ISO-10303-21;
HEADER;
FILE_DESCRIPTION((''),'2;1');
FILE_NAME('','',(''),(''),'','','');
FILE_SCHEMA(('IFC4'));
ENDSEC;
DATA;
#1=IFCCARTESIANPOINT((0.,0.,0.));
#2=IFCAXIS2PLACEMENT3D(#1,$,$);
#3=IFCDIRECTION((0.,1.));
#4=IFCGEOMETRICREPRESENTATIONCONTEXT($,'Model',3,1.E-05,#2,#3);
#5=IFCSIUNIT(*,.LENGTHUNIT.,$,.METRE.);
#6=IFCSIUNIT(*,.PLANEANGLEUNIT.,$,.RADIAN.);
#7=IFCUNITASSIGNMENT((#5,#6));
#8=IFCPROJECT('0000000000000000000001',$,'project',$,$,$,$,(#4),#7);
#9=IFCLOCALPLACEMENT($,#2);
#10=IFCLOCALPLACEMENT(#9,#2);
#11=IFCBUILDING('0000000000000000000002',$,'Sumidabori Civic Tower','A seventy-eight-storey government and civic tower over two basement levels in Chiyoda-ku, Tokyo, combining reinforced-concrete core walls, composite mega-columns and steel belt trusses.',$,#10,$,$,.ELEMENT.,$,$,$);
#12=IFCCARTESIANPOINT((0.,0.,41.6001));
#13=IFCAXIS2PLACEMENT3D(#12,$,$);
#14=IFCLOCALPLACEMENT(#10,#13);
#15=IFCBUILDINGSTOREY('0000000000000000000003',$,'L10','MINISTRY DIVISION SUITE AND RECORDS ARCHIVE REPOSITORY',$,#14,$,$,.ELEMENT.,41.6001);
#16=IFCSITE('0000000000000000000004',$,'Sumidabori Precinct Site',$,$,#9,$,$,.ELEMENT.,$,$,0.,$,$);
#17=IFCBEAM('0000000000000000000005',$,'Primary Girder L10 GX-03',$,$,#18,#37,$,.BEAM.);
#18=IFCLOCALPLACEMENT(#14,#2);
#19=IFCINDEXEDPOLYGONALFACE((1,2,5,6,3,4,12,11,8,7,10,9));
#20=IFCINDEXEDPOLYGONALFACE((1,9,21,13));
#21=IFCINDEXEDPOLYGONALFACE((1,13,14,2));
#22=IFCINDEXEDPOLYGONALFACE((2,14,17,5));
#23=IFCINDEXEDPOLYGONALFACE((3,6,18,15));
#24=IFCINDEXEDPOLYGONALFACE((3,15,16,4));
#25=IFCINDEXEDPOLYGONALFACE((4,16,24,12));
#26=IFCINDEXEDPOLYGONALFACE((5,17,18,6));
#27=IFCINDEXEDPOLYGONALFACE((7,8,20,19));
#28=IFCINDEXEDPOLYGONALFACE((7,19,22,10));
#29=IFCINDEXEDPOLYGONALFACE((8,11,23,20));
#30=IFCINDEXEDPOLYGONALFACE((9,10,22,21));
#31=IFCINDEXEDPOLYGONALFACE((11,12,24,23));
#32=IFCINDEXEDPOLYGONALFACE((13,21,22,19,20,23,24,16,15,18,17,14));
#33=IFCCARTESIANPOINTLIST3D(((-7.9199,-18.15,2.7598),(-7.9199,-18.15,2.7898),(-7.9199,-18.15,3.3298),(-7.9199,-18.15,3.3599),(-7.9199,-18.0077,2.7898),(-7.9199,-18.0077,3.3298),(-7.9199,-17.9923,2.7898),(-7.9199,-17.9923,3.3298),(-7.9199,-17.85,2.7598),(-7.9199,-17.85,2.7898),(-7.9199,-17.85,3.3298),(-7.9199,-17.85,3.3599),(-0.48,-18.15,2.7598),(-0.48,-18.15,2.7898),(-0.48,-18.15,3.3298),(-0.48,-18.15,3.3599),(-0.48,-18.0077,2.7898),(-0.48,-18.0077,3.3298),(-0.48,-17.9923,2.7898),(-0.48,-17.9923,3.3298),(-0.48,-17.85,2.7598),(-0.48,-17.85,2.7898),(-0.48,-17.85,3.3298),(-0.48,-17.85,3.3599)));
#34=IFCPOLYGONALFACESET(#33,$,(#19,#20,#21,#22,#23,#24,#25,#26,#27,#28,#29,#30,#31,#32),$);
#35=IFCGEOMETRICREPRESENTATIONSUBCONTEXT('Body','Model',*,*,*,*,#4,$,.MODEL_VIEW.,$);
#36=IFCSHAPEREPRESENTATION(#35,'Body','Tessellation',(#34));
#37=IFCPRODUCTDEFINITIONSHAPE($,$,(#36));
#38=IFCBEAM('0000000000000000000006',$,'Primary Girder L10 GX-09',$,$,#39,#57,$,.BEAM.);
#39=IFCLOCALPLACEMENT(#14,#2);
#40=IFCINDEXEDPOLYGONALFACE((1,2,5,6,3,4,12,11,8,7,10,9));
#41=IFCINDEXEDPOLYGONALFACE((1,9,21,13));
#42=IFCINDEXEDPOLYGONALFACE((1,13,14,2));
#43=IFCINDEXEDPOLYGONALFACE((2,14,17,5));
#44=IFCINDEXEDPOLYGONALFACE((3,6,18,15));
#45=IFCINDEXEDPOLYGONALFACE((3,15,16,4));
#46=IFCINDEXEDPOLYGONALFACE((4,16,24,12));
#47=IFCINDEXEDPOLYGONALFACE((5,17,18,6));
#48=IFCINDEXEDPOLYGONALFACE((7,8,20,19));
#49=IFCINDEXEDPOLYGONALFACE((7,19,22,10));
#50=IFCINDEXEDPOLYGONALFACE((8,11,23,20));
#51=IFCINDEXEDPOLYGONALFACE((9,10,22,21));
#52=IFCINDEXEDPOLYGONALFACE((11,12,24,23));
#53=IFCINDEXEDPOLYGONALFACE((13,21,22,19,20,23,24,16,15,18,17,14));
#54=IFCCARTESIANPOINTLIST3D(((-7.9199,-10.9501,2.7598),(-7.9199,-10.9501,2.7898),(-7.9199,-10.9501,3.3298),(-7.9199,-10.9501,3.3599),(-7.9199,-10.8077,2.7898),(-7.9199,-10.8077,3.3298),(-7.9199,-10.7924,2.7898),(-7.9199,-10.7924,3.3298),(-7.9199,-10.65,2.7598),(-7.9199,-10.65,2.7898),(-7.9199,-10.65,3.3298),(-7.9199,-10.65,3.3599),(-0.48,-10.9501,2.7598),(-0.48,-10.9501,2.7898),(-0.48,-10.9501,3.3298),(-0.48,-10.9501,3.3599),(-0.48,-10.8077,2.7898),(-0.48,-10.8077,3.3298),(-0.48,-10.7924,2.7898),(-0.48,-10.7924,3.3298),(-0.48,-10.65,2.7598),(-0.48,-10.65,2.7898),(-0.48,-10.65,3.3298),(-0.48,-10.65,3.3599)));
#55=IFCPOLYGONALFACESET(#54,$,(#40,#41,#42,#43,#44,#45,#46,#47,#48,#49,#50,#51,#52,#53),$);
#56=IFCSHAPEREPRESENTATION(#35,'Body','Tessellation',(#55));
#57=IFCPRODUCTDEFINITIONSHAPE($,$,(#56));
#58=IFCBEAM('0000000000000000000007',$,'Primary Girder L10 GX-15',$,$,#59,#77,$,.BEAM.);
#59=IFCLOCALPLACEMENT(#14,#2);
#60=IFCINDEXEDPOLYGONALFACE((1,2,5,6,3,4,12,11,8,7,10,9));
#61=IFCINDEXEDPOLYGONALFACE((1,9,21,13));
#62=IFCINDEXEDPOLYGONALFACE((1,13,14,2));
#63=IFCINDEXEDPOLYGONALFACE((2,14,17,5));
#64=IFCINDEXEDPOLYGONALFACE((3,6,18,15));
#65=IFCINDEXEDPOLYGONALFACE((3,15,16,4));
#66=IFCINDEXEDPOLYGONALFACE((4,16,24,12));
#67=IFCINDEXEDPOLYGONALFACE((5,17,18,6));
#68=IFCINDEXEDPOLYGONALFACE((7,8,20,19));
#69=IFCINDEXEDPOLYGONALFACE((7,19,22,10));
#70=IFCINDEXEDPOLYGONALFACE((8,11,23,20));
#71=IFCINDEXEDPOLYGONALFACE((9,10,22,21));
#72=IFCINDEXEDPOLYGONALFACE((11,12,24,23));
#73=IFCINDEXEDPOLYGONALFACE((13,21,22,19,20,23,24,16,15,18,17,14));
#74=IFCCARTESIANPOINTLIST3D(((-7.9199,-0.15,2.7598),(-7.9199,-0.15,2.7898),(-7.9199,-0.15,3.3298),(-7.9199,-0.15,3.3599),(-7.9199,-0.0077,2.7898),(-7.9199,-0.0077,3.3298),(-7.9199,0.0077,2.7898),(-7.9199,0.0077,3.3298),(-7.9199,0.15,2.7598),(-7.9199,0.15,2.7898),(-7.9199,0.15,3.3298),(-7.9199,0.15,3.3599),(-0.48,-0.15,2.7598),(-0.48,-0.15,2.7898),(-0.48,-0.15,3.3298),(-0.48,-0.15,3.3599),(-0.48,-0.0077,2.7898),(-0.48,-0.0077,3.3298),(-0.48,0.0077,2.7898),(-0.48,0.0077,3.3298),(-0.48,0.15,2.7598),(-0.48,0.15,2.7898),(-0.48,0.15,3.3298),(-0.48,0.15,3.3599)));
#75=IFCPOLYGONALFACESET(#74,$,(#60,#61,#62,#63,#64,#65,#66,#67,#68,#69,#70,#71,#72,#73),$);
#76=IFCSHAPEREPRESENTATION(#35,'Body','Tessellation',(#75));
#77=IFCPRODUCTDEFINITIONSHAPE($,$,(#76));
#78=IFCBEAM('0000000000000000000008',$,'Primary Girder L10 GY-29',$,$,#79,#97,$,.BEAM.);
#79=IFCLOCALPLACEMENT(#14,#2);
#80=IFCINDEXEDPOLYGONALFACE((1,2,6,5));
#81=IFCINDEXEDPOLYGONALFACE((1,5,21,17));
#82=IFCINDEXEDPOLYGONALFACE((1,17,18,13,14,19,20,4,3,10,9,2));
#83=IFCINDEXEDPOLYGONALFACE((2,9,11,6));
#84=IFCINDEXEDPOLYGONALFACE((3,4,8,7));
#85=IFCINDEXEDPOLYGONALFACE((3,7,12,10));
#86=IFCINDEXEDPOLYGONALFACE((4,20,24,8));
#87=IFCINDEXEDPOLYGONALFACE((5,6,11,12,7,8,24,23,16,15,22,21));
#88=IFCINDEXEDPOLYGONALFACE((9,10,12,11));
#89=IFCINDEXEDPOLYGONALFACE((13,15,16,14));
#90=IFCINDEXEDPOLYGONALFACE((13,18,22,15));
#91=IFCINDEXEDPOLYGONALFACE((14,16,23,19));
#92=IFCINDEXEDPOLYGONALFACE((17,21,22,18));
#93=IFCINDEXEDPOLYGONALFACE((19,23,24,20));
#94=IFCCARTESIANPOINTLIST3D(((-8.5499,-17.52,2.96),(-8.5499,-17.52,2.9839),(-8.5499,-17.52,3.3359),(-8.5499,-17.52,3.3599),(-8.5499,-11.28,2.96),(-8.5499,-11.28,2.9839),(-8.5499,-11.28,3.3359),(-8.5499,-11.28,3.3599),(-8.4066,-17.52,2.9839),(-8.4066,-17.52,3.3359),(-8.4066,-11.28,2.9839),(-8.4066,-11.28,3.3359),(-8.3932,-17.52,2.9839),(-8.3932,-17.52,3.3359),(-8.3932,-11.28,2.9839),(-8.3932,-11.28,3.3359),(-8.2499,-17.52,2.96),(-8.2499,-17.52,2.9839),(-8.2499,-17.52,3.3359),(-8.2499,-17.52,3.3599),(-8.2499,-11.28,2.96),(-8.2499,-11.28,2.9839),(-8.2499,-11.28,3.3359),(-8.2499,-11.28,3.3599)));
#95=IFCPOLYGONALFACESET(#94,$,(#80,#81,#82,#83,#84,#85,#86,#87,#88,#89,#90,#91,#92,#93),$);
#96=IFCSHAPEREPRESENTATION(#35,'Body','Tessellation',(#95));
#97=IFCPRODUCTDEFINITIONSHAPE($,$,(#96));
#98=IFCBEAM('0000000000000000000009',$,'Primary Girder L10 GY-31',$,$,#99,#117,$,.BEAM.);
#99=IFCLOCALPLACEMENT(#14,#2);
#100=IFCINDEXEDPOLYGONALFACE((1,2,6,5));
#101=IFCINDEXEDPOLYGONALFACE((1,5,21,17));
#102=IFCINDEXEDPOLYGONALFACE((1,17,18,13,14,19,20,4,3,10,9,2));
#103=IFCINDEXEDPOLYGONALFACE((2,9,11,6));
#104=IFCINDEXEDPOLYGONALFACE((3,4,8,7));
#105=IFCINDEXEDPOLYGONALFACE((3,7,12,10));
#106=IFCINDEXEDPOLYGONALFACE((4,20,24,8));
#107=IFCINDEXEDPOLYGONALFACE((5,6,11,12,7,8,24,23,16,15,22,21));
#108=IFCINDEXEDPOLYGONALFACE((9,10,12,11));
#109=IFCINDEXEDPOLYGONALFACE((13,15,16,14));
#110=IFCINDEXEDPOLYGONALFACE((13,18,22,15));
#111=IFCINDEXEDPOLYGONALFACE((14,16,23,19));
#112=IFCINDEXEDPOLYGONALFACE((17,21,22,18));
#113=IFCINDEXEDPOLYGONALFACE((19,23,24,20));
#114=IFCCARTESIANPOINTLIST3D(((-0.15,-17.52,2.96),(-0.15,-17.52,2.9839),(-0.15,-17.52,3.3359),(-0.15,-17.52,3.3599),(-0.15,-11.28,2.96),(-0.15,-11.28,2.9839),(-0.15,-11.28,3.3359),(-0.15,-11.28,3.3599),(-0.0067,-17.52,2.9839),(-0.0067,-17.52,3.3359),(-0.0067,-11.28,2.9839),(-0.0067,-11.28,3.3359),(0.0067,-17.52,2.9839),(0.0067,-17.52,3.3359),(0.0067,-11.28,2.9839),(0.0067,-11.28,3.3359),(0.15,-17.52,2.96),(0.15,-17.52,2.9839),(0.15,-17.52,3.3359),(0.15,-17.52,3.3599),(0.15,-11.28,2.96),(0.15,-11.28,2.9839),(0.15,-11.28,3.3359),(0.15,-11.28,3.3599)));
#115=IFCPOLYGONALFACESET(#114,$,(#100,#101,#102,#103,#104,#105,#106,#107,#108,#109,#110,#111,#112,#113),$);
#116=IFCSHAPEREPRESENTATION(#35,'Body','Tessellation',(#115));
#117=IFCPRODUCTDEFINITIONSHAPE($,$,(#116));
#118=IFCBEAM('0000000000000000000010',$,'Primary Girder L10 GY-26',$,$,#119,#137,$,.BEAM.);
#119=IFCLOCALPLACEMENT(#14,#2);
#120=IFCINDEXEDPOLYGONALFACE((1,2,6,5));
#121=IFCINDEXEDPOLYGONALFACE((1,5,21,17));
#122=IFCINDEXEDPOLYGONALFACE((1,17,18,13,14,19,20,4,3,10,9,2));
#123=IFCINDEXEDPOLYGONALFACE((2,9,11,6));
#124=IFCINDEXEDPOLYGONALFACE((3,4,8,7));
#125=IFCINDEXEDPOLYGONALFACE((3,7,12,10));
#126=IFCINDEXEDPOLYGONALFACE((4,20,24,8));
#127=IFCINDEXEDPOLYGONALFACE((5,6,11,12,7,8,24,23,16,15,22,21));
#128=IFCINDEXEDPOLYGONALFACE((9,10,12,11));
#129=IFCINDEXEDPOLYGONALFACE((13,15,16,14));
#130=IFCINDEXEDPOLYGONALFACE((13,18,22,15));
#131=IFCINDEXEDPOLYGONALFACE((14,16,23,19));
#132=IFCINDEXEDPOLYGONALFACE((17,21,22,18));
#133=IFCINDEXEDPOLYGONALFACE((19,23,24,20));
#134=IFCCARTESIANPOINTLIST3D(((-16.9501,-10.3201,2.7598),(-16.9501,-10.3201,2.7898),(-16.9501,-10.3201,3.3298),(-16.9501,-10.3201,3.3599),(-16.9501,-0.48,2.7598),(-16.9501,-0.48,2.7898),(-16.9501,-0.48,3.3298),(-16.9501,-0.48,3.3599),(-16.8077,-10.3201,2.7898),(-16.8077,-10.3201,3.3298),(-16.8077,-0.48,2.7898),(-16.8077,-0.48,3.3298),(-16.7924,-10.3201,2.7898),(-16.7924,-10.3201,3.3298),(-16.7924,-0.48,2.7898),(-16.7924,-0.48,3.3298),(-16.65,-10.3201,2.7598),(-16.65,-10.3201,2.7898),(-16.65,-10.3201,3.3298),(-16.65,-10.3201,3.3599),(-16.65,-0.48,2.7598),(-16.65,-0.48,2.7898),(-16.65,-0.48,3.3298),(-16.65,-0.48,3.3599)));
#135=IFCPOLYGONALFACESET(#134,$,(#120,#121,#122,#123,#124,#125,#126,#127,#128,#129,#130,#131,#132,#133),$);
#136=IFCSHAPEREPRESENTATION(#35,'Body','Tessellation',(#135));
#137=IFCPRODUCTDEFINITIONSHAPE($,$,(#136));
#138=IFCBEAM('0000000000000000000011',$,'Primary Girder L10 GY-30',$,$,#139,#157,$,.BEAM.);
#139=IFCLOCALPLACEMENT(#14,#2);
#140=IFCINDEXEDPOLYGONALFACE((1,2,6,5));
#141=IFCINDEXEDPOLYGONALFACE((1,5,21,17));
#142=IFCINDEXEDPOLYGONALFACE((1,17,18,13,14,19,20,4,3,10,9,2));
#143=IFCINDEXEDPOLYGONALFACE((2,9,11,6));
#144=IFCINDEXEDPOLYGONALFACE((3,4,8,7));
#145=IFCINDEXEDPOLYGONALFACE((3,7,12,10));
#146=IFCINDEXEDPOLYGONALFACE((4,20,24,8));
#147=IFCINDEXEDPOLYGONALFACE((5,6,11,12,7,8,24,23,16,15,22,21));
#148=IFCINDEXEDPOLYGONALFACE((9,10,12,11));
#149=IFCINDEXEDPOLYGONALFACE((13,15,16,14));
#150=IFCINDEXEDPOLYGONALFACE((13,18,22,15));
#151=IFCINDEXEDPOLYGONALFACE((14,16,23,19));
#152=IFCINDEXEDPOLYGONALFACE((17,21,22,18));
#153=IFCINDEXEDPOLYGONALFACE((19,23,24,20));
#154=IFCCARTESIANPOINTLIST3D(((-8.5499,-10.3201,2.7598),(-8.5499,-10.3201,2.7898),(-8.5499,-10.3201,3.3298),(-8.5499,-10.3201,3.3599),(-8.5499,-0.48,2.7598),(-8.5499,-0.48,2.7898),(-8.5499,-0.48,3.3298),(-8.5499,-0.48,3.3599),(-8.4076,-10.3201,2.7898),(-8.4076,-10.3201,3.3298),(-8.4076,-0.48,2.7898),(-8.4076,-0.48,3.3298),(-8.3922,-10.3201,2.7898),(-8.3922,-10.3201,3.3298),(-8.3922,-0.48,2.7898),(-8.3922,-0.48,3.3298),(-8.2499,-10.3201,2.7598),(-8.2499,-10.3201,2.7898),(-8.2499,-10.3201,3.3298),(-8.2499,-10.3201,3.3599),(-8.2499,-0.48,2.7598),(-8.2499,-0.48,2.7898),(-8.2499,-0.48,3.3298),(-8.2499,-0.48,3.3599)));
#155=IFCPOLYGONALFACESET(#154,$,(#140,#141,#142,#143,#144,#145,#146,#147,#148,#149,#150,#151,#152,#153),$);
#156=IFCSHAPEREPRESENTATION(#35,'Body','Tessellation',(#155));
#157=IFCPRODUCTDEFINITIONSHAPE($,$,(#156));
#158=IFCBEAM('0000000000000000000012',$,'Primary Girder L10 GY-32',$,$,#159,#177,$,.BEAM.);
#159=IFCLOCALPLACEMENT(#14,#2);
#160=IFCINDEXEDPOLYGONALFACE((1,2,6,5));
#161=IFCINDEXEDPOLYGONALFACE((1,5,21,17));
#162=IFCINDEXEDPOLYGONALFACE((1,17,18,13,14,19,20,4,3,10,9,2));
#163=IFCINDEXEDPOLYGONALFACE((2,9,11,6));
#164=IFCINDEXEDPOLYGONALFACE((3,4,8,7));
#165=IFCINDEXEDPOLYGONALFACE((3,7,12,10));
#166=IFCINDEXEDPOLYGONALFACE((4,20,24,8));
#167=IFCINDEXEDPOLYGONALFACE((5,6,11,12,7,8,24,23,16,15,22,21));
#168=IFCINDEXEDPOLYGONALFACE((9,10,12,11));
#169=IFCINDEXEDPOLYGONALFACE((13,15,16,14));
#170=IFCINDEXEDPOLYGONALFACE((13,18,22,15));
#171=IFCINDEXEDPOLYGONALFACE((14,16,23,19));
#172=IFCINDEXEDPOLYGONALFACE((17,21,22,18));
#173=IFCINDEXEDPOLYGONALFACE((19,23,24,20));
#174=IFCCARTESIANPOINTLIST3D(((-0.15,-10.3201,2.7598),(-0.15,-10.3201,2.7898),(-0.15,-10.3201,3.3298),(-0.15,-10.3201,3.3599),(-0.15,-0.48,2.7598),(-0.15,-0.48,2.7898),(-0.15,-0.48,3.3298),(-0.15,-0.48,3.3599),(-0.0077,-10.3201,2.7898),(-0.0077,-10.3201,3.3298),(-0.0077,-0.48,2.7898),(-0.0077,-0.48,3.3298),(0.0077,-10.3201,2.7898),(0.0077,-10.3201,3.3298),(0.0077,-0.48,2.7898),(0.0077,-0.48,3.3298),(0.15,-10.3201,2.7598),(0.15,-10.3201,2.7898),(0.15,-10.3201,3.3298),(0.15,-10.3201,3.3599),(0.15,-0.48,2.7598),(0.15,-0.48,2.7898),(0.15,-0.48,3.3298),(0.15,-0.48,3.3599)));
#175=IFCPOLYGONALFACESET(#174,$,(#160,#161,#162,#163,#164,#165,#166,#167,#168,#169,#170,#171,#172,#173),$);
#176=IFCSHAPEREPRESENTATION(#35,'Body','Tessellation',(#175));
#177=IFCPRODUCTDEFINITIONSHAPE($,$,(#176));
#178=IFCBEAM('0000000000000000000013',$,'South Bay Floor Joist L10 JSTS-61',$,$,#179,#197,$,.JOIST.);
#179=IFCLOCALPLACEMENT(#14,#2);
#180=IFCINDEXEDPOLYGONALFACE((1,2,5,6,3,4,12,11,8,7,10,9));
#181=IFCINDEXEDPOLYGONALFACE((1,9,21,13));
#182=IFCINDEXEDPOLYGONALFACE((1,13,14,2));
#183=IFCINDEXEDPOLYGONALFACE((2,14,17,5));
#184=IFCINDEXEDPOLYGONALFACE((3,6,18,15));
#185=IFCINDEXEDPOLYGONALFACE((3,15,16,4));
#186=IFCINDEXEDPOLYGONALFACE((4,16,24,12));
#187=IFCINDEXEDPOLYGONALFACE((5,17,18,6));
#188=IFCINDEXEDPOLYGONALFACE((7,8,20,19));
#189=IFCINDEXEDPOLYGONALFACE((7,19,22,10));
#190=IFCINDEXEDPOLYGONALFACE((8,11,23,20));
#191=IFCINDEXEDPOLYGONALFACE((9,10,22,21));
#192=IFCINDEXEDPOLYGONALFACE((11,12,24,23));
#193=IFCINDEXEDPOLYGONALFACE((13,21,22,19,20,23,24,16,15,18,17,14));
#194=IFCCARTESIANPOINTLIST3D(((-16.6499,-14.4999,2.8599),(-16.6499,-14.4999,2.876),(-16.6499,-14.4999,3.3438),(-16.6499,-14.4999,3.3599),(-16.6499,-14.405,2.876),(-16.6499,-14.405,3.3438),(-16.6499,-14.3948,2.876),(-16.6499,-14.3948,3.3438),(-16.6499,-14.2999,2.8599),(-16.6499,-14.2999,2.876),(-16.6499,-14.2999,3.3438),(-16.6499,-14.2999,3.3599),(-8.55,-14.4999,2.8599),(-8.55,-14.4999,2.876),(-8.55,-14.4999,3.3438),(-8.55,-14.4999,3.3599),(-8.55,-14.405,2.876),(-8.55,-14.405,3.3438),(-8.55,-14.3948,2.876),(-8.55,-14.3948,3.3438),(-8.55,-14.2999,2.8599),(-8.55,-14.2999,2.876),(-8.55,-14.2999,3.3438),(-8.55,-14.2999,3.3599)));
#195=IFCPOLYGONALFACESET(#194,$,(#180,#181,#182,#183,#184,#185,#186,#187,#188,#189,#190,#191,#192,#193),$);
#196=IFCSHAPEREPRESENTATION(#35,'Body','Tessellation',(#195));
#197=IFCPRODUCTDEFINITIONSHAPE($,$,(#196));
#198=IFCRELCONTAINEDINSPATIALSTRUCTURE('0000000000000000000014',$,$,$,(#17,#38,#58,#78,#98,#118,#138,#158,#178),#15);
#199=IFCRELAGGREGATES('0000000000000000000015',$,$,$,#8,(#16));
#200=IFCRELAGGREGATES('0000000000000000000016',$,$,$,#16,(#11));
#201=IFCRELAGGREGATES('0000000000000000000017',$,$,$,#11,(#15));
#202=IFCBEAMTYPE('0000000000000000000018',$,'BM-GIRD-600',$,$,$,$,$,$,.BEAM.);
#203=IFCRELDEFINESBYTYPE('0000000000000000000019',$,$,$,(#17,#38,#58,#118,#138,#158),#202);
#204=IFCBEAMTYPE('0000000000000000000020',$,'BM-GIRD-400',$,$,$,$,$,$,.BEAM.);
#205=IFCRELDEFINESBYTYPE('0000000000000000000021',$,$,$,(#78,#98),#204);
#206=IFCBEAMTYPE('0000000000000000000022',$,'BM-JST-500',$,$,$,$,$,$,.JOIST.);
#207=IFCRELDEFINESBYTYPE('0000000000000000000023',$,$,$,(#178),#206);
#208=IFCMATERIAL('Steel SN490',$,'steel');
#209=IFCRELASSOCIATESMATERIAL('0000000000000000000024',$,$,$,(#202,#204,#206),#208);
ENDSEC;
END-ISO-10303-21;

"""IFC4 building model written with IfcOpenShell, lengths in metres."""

from ifc_helpers import new_model, si_unit, direction, frame, origin, origin_2d, place, context, subcontext, project, spatial, i_section, extrude, source, transform, mapped, material, material_profile, profile_set, type_object, element, save


model = new_model("IFC4")

# Units and contexts
model_context = context("Model", 3, precision=1e-05, world=origin(), true_north=direction((0.0, 1.0)))
body_context = subcontext(model_context, "Body", "Model", "MODEL_VIEW")
ifc_project = project(units=[si_unit("LENGTHUNIT", "METRE"), si_unit("PLANEANGLEUNIT", "RADIAN")], contexts=[model_context])

# Site, building, storey
site_placement = place(None, origin())
site = spatial("IfcSite", under=ifc_project, at=site_placement, Name="Sumidabori Precinct Site", CompositionType="ELEMENT", RefElevation=0.0)
building_placement = place(site_placement, origin())
building = spatial("IfcBuilding", under=site, at=building_placement, Name="Sumidabori Civic Tower", Description="A seventy-eight-storey government and civic tower over two basement levels in Chiyoda-ku, Tokyo, combining reinforced-concrete core walls, composite mega-columns and steel belt trusses.", CompositionType="ELEMENT")
storey_placement = place(building_placement, frame((0.0, 0.0, 41.6001)))
storey = spatial("IfcBuildingStorey", under=building, at=storey_placement, Name="L10", Description="MINISTRY DIVISION SUITE AND RECORDS ARCHIVE REPOSITORY", CompositionType="ELEMENT", Elevation=41.6001)

# Beams
ifc_material_1 = material(Name="Steel SN490", Category="steel")
ifc_material_profile_1 = material_profile(ifc_material_1, i_section(OverallWidth=0.3, OverallDepth=0.6001, WebThickness=0.0154, FlangeThickness=0.03, at=origin_2d()), Name="HE 600 B")
ifc_profile_set_1 = profile_set([ifc_material_profile_1], Name="Steel SN490")
beam_type_1 = type_object("IfcBeamType", Name="BM-GIRD-600", PredefinedType="BEAM", material=ifc_profile_set_1)
shared_shape_1 = source(origin(), body_context, "Body", "SweptSolid", [
    extrude(i_section(OverallWidth=0.3, OverallDepth=0.6001, WebThickness=0.0154, FlangeThickness=0.03, at=origin_2d()), origin(), (0.0, 0.0, 1.0), 7.4399),
])
for number, where, z_axis, x_axis, name in (
    (1, (-7.9199, -18.0, 3.0598), (1.0, 0.0, 0.0), (0.0, 1.0, 0.0), "Primary Girder L10 GX-03"),
    (2, (-7.9199, -10.8, 3.0598), (1.0, 0.0, 0.0), (0.0, 1.0, 0.0), "Primary Girder L10 GX-09"),
    (3, (-7.9199, 0.0, 3.0598), (1.0, 0.0, 0.0), (0.0, 1.0, 0.0), "Primary Girder L10 GX-15"),
):
    element("IfcBeam", number, at=place(storey_placement, frame(where, z_axis=z_axis, x_axis=x_axis)), inside=storey, type_object=beam_type_1, Name=name, PredefinedType="BEAM", context=body_context, shape_type="MappedRepresentation", body=[
        mapped(shared_shape_1, transform((0.0, 0.0, 0.0), x_axis=(1.0, 0.0, 0.0), y_axis=(0.0, 1.0, 0.0), z_axis=(0.0, 0.0, 1.0), scale=1.0)),
    ])
ifc_material_profile_2 = material_profile(ifc_material_1, i_section(OverallWidth=0.3, OverallDepth=0.3999, WebThickness=0.0134, FlangeThickness=0.0239, at=origin_2d()), Name="HE 400 B")
ifc_profile_set_2 = profile_set([ifc_material_profile_2], Name="Steel SN490")
beam_type_2 = type_object("IfcBeamType", Name="BM-GIRD-400", PredefinedType="BEAM", material=ifc_profile_set_2)
shared_shape_2 = source(origin(), body_context, "Body", "SweptSolid", [
    extrude(i_section(OverallWidth=0.3, OverallDepth=0.3999, WebThickness=0.0134, FlangeThickness=0.0239, at=origin_2d()), origin(), (0.0, 0.0, 1.0), 6.24),
])
for number, where, z_axis, x_axis, name in (
    (4, (-8.3999, -17.52, 3.1599), (0.0, 1.0, 0.0), (-1.0, 0.0, 0.0), "Primary Girder L10 GY-29"),
    (5, (0.0, -17.52, 3.1599), (0.0, 1.0, 0.0), (-1.0, 0.0, 0.0), "Primary Girder L10 GY-31"),
):
    element("IfcBeam", number, at=place(storey_placement, frame(where, z_axis=z_axis, x_axis=x_axis)), inside=storey, type_object=beam_type_2, Name=name, PredefinedType="BEAM", context=body_context, shape_type="MappedRepresentation", body=[
        mapped(shared_shape_2, transform((0.0, 0.0, 0.0), x_axis=(1.0, 0.0, 0.0), y_axis=(0.0, 1.0, 0.0), z_axis=(0.0, 0.0, 1.0), scale=1.0)),
    ])
shared_shape_3 = source(origin(), body_context, "Body", "SweptSolid", [
    extrude(i_section(OverallWidth=0.3, OverallDepth=0.6001, WebThickness=0.0154, FlangeThickness=0.03, at=origin_2d()), origin(), (0.0, 0.0, 1.0), 9.8401),
])
for number, where, z_axis, x_axis, name in (
    (6, (-16.8, -10.3201, 3.0598), (0.0, 1.0, 0.0), (-1.0, 0.0, 0.0), "Primary Girder L10 GY-26"),
    (7, (-8.3999, -10.3201, 3.0598), (0.0, 1.0, 0.0), (-1.0, 0.0, 0.0), "Primary Girder L10 GY-30"),
    (8, (0.0, -10.3201, 3.0598), (0.0, 1.0, 0.0), (-1.0, 0.0, 0.0), "Primary Girder L10 GY-32"),
):
    element("IfcBeam", number, at=place(storey_placement, frame(where, z_axis=z_axis, x_axis=x_axis)), inside=storey, type_object=beam_type_1, Name=name, PredefinedType="BEAM", context=body_context, shape_type="MappedRepresentation", body=[
        mapped(shared_shape_3, transform((0.0, 0.0, 0.0), x_axis=(1.0, 0.0, 0.0), y_axis=(0.0, 1.0, 0.0), z_axis=(0.0, 0.0, 1.0), scale=1.0)),
    ])
ifc_material_profile_3 = material_profile(ifc_material_1, i_section(OverallWidth=0.2, OverallDepth=0.5, WebThickness=0.0103, FlangeThickness=0.0161, at=origin_2d()), Name="IPE 500")
ifc_profile_set_3 = profile_set([ifc_material_profile_3], Name="Steel SN490")
beam_type_3 = type_object("IfcBeamType", Name="BM-JST-500", PredefinedType="JOIST", material=ifc_profile_set_3)
shared_shape_4 = source(origin(), body_context, "Body", "SweptSolid", [
    extrude(i_section(OverallWidth=0.2, OverallDepth=0.5, WebThickness=0.0103, FlangeThickness=0.0161, at=origin_2d()), origin(), (0.0, 0.0, 1.0), 8.0999),
])
for number, where, z_axis, x_axis, name in (
    (9, (-16.6499, -14.3999, 3.1099), (1.0, 0.0, 0.0), (0.0, 1.0, 0.0), "South Bay Floor Joist L10 JSTS-61"),
):
    element("IfcBeam", number, at=place(storey_placement, frame(where, z_axis=z_axis, x_axis=x_axis)), inside=storey, type_object=beam_type_3, Name=name, PredefinedType="JOIST", context=body_context, shape_type="MappedRepresentation", body=[
        mapped(shared_shape_4, transform((0.0, 0.0, 0.0), x_axis=(1.0, 0.0, 0.0), y_axis=(0.0, 1.0, 0.0), z_axis=(0.0, 0.0, 1.0), scale=1.0)),
    ])

save(model, "model.ifc")
